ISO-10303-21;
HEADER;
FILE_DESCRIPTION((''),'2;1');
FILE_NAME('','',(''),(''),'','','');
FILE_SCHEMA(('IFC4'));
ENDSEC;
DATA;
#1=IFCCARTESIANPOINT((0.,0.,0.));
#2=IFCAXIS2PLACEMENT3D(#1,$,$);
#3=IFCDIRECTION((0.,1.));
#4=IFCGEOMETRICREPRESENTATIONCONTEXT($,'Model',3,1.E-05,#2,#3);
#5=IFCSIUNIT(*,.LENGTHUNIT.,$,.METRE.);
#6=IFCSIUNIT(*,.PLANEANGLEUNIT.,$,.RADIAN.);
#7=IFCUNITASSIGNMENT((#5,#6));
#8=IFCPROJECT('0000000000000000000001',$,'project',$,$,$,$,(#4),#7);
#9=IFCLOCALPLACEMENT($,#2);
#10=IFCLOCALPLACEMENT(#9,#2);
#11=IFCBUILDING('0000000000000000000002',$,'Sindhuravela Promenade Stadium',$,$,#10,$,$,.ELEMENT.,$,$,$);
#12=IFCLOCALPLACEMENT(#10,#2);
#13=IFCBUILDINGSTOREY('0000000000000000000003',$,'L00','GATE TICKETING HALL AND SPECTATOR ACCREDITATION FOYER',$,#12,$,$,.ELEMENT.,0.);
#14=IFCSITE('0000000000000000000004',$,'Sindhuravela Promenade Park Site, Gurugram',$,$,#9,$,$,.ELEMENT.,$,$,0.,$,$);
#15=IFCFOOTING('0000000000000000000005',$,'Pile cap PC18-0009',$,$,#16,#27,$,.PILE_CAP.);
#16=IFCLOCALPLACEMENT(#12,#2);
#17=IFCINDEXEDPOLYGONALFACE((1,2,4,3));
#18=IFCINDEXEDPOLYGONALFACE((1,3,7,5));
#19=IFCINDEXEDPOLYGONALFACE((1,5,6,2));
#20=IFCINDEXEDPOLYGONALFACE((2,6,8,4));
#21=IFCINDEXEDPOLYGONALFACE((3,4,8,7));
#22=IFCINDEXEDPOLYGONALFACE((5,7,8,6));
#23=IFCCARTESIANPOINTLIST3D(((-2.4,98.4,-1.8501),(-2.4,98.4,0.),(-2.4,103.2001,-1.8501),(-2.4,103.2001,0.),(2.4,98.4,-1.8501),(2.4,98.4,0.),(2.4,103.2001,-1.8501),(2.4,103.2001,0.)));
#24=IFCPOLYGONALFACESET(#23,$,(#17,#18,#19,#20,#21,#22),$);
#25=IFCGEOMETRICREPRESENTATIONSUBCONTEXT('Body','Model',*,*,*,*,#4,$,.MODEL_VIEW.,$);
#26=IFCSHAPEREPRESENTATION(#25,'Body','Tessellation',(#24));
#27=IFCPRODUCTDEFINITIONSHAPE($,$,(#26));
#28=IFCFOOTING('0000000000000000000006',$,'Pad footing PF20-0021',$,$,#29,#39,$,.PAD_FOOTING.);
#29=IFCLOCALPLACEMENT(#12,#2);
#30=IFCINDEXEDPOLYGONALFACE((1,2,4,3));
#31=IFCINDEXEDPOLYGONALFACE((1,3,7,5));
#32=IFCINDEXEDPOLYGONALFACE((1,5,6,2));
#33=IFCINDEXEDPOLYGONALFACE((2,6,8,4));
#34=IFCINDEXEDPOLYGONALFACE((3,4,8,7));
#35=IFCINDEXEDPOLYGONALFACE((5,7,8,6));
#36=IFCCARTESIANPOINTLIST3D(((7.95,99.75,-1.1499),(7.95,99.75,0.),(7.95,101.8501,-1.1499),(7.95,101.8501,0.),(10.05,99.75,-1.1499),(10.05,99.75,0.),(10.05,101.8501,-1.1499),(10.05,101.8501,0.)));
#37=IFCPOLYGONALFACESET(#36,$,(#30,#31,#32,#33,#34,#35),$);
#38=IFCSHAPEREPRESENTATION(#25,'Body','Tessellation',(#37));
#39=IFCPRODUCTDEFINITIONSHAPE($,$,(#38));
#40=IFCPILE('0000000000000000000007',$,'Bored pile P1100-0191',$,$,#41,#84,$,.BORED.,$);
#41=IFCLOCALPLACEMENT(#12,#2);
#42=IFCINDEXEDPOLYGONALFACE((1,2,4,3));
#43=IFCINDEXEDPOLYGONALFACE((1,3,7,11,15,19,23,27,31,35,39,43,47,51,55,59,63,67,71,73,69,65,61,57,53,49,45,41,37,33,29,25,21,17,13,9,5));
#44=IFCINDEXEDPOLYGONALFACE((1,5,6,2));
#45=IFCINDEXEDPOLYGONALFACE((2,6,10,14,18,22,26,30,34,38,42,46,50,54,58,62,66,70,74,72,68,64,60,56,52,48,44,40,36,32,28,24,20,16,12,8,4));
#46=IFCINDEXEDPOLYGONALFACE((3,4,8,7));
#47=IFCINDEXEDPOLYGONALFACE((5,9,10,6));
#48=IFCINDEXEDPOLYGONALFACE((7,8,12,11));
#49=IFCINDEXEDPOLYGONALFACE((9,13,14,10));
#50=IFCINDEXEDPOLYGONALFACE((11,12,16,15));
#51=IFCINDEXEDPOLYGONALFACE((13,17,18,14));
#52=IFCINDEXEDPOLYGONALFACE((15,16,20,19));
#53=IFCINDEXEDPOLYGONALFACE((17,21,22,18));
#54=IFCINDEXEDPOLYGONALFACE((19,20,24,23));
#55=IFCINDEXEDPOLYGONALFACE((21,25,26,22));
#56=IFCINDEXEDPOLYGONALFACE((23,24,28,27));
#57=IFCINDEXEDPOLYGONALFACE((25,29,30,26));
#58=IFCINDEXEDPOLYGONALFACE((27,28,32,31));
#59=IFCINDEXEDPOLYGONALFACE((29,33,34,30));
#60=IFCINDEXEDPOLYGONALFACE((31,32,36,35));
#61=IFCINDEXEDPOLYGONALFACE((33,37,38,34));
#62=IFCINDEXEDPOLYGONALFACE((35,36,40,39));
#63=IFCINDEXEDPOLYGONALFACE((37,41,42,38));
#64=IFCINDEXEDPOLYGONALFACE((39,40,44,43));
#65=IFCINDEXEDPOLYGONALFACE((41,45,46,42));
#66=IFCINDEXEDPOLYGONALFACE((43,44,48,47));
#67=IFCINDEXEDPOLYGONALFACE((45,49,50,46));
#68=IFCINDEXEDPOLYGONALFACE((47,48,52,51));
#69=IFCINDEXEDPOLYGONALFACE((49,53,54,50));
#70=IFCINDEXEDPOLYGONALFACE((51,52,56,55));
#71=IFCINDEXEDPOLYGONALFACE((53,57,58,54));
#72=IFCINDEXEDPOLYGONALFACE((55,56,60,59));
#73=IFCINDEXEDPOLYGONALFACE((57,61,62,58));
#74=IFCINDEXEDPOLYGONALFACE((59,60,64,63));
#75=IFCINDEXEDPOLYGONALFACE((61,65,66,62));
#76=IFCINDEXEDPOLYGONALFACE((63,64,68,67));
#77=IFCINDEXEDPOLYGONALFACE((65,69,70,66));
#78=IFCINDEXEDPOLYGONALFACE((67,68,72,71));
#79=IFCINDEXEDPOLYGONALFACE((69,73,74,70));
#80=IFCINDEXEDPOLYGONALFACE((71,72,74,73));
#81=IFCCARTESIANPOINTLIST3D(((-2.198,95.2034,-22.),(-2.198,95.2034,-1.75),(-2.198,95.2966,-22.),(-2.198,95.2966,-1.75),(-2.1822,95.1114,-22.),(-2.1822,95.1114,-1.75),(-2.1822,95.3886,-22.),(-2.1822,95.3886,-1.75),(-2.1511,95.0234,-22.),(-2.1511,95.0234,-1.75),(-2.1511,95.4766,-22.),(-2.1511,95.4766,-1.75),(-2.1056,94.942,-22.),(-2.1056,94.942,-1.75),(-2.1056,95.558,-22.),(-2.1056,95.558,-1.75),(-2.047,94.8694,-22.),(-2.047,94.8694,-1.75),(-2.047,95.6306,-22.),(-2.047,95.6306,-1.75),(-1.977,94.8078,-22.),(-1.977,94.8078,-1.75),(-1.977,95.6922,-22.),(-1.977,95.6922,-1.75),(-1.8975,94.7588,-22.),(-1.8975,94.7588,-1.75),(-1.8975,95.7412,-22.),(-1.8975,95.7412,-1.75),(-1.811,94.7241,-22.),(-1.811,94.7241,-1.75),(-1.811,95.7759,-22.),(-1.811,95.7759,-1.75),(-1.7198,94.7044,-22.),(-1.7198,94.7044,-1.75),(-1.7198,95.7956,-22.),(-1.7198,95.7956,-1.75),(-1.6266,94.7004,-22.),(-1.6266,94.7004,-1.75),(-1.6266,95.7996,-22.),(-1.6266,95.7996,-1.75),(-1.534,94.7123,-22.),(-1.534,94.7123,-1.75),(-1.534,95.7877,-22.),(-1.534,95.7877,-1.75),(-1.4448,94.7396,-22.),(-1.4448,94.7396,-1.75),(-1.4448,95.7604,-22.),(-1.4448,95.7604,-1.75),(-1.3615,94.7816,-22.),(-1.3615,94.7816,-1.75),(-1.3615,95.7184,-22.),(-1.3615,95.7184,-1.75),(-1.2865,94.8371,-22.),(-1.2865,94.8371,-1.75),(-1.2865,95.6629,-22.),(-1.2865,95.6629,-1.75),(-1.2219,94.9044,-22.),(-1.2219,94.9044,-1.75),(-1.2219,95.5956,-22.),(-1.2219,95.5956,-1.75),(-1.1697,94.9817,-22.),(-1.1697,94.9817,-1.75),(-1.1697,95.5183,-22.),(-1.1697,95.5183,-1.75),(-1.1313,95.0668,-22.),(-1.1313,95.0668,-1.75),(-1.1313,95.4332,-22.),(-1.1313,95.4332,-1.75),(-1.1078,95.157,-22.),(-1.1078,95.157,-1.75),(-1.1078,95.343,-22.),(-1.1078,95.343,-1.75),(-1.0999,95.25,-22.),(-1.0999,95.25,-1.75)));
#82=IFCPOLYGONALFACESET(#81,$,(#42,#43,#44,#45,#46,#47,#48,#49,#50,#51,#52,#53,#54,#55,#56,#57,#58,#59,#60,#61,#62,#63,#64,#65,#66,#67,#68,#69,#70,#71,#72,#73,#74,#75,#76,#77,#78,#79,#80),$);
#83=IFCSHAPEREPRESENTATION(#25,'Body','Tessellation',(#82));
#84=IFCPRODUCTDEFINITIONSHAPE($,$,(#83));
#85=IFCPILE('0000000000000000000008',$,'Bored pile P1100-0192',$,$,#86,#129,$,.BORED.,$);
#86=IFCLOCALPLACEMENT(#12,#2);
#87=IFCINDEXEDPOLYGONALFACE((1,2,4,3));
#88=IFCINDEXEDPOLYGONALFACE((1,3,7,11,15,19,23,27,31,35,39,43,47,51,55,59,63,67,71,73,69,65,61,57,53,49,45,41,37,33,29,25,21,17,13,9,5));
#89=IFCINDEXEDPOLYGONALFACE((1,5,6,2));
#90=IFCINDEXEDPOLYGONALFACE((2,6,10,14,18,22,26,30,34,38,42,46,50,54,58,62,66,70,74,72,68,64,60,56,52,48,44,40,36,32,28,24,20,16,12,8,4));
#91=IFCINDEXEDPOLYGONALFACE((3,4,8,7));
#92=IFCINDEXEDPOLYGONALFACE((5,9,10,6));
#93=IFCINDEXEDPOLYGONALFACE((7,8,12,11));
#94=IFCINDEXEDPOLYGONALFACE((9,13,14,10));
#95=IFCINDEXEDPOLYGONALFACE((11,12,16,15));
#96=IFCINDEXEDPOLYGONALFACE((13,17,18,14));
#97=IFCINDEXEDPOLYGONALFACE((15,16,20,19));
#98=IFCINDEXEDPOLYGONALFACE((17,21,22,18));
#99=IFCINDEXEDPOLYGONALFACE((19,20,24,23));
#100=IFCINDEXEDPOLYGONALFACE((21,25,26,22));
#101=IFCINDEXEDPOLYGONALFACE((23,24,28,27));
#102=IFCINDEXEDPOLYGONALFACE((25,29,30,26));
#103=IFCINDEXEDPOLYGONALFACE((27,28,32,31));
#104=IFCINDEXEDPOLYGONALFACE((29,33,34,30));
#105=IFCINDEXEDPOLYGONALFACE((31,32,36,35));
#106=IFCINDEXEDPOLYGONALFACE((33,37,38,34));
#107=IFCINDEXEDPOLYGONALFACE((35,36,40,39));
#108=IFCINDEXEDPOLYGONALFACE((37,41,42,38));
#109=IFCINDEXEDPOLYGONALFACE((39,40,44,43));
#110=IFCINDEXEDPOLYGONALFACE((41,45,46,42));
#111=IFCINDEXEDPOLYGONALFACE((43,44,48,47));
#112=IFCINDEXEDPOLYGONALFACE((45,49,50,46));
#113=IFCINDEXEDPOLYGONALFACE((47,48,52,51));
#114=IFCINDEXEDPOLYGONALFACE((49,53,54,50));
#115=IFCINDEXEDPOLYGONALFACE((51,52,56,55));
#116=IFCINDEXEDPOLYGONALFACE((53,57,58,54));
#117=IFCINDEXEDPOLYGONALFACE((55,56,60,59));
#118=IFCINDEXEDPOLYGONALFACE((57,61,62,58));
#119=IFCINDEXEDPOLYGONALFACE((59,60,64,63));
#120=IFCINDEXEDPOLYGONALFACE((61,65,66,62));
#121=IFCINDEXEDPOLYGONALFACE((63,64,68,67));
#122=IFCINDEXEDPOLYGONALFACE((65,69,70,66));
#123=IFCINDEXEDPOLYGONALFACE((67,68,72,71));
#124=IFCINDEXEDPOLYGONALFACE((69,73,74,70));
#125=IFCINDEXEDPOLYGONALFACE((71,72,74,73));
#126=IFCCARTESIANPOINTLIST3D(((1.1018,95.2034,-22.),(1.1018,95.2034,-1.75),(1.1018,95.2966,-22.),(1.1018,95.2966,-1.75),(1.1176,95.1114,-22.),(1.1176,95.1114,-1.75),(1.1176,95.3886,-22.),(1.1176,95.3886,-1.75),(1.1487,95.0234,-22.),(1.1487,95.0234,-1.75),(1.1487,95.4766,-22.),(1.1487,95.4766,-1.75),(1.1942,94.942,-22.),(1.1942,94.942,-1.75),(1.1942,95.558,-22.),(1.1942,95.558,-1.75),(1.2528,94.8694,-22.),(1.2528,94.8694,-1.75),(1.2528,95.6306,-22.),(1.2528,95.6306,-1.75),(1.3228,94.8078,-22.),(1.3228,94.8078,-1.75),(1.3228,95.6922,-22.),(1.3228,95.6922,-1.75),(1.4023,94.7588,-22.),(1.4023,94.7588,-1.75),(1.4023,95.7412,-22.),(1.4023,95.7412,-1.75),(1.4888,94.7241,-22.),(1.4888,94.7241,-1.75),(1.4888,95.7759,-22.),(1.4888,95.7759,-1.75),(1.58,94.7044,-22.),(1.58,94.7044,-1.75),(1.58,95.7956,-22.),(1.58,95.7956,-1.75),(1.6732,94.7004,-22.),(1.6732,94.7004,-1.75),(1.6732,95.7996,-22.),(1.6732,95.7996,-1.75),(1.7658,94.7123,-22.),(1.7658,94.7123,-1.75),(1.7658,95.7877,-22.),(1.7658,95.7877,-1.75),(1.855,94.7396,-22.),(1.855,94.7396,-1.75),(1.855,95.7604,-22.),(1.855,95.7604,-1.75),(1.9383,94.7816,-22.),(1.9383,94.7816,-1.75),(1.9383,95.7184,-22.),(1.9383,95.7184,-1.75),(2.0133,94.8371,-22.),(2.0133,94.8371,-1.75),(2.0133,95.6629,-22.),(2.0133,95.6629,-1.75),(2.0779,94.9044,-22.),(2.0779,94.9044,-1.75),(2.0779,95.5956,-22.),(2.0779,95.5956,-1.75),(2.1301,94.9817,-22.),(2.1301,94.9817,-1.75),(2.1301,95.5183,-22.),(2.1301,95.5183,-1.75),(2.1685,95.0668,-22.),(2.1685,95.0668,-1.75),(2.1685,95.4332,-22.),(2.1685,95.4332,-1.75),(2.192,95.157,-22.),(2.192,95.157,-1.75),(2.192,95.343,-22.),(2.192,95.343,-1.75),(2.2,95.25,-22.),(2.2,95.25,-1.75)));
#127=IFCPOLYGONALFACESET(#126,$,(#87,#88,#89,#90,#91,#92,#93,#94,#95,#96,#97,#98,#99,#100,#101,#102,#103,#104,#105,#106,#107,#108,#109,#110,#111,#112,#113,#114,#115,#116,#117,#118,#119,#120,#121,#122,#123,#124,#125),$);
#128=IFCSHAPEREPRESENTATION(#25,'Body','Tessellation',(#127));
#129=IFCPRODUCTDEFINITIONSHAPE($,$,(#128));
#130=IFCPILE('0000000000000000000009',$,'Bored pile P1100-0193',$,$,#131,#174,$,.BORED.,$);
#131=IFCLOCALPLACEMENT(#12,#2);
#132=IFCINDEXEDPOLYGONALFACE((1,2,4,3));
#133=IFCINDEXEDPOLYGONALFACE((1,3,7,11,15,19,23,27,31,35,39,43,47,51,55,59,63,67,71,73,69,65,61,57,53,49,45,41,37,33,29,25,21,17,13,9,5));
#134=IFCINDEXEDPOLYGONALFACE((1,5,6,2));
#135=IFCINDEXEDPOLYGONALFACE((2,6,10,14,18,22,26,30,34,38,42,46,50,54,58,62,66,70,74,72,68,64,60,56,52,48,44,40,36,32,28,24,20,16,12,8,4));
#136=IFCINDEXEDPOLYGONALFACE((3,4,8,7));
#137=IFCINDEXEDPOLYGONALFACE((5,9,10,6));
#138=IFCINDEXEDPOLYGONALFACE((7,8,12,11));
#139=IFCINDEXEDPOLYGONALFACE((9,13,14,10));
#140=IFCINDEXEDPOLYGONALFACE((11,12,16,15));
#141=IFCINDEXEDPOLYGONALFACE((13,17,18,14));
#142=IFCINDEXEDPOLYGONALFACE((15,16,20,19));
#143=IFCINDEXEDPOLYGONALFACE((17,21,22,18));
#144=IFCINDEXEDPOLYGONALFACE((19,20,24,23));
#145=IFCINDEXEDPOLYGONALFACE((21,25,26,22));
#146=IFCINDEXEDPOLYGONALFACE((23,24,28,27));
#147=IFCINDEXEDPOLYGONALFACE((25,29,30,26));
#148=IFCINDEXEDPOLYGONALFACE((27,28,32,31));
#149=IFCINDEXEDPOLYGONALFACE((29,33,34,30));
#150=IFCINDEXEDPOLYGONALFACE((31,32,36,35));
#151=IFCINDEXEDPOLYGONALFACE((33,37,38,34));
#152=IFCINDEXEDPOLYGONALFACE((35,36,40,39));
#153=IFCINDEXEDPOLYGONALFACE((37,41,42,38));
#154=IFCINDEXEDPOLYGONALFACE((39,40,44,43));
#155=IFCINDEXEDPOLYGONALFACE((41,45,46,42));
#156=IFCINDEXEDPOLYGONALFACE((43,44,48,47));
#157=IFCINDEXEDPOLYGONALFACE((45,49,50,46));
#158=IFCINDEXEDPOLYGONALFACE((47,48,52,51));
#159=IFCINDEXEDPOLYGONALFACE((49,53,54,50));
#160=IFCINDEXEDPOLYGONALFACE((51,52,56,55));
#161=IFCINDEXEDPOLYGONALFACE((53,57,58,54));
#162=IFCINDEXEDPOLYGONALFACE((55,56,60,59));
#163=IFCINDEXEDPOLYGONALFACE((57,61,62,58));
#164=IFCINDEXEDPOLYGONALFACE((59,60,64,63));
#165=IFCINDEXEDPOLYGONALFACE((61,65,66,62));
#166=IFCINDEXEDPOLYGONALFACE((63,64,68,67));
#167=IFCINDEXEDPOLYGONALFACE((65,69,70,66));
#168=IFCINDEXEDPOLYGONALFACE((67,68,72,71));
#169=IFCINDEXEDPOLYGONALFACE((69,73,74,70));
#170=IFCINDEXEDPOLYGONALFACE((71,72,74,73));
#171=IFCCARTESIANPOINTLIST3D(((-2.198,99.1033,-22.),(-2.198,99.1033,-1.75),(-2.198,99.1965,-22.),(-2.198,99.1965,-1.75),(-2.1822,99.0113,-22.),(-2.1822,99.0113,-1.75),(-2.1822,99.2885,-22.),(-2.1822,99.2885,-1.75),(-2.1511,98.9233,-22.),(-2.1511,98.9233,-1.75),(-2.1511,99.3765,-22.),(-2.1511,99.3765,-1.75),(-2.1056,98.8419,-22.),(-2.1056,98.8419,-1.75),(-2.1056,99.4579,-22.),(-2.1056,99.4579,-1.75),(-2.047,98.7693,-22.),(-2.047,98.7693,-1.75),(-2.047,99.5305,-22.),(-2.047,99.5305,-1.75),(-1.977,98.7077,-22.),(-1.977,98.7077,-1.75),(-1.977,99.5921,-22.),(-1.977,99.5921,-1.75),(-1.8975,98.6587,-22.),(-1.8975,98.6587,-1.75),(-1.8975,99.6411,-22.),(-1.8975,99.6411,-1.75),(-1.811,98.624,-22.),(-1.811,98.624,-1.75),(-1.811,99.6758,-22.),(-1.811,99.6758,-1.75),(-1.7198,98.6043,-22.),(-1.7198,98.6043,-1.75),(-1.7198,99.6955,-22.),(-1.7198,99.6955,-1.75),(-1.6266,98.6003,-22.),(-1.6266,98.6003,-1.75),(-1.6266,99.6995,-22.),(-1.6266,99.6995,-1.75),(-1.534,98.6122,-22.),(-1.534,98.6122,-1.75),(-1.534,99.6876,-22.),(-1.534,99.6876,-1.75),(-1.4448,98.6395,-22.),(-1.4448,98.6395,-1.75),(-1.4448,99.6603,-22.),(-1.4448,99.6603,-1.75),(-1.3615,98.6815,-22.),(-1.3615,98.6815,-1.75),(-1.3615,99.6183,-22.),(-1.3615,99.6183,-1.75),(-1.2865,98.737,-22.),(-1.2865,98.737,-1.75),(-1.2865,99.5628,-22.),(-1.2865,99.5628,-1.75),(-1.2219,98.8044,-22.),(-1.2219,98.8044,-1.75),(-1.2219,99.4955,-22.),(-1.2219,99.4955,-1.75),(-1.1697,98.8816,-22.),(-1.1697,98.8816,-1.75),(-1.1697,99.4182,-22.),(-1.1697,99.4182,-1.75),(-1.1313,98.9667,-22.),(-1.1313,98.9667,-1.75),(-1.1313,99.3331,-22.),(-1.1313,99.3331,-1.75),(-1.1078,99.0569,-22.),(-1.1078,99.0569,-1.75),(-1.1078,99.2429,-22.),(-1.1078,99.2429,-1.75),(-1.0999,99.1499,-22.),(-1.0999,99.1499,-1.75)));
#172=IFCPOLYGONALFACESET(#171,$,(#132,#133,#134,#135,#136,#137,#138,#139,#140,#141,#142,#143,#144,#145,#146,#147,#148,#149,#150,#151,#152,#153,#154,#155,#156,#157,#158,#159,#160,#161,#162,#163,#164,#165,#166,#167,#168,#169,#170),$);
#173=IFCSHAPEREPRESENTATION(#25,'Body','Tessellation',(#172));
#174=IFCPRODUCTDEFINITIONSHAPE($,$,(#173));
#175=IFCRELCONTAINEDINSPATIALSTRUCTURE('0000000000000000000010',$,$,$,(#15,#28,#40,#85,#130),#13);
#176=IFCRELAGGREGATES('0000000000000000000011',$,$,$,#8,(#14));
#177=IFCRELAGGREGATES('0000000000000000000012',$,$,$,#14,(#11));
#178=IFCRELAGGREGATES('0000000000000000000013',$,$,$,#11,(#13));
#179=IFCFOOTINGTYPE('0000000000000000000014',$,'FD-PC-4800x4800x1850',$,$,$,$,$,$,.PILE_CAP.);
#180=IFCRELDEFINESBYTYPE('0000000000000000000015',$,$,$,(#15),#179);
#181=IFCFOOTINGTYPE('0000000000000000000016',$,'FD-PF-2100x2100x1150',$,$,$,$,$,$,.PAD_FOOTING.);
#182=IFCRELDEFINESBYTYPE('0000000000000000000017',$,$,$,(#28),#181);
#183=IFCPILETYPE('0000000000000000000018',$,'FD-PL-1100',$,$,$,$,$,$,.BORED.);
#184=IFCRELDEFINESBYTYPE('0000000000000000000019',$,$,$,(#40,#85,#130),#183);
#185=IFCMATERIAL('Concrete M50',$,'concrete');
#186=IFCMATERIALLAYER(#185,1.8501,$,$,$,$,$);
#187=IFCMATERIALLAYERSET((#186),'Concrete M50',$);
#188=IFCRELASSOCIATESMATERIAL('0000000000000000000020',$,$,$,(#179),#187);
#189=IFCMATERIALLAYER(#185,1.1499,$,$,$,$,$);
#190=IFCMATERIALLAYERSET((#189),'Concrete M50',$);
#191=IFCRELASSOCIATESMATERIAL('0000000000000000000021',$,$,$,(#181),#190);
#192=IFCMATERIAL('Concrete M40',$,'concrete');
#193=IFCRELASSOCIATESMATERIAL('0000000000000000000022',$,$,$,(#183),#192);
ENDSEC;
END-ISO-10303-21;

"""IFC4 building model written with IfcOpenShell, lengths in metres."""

from ifc_helpers import new_model, si_unit, direction, frame, origin, origin_2d, place, context, subcontext, project, spatial, rectangle, circle, extrude, material, layer, layer_set, material_profile, profile_set, type_object, element, save


model = new_model("IFC4")

# Units and contexts
model_context = context("Model", 3, precision=1e-05, world=origin(), true_north=direction((0.0, 1.0)))
body_context = subcontext(model_context, "Body", "Model", "MODEL_VIEW")
ifc_project = project(units=[si_unit("LENGTHUNIT", "METRE"), si_unit("PLANEANGLEUNIT", "RADIAN")], contexts=[model_context])

# Site, building, storey
site_placement = place(None, origin())
site = spatial("IfcSite", under=ifc_project, at=site_placement, Name="Sindhuravela Promenade Park Site, Gurugram", CompositionType="ELEMENT", RefElevation=0.0)
building_placement = place(site_placement, origin())
building = spatial("IfcBuilding", under=site, at=building_placement, Name="Sindhuravela Promenade Stadium", CompositionType="ELEMENT")
storey_placement = place(building_placement, origin())
storey = spatial("IfcBuildingStorey", under=building, at=storey_placement, Name="L00", Description="GATE TICKETING HALL AND SPECTATOR ACCREDITATION FOYER", CompositionType="ELEMENT", Elevation=0.0)

# Footings
ifc_material_1 = material(Name="Concrete M50", Category="concrete")
ifc_layer_1 = layer(ifc_material_1, 1.8501)
ifc_layer_set_1 = layer_set([ifc_layer_1], Name="Concrete M50")
footing_type_1 = type_object("IfcFootingType", Name="FD-PC-4800x4800x1850", PredefinedType="PILE_CAP", material=ifc_layer_set_1)
footing_1_placement = place(storey_placement, frame((0.0, 100.8, -1.8501), z_axis=(0.0, 0.0, 1.0), x_axis=(1.0, 0.0, 0.0)))
element("IfcFooting", 1, at=footing_1_placement, inside=storey, type_object=footing_type_1, Name="Pile cap PC18-0009", PredefinedType="PILE_CAP", context=body_context, shape_type="SweptSolid", body=[
    extrude(rectangle(XDim=4.8, YDim=4.8, at=origin_2d()), origin(), (0.0, 0.0, 1.0), 1.8501),
])
ifc_layer_2 = layer(ifc_material_1, 1.1499)
ifc_layer_set_2 = layer_set([ifc_layer_2], Name="Concrete M50")
footing_type_2 = type_object("IfcFootingType", Name="FD-PF-2100x2100x1150", PredefinedType="PAD_FOOTING", material=ifc_layer_set_2)
footing_2_placement = place(storey_placement, frame((9.0, 100.8, -1.1499), z_axis=(0.0, 0.0, 1.0), x_axis=(1.0, 0.0, 0.0)))
element("IfcFooting", 2, at=footing_2_placement, inside=storey, type_object=footing_type_2, Name="Pad footing PF20-0021", PredefinedType="PAD_FOOTING", context=body_context, shape_type="SweptSolid", body=[
    extrude(rectangle(XDim=2.1001, YDim=2.1001, at=origin_2d()), origin(), (0.0, 0.0, 1.0), 1.1499),
])

# Piles
ifc_material_2 = material(Name="Concrete M40", Category="concrete")
ifc_material_profile_1 = material_profile(ifc_material_2, circle(Radius=0.55, at=origin_2d()), Name="BORED PILE D1100")
ifc_profile_set_1 = profile_set([ifc_material_profile_1], Name="Concrete M40")
pile_type = type_object("IfcPileType", Name="FD-PL-1100", PredefinedType="BORED", material=ifc_profile_set_1)
for number, where, z_axis, x_axis, name in (
    (3, (-1.6499, 95.25, -1.75), (0.0, 0.0, -1.0), (1.0, 0.0, 0.0), "Bored pile P1100-0191"),
    (4, (1.6499, 95.25, -1.75), (0.0, 0.0, -1.0), (1.0, 0.0, 0.0), "Bored pile P1100-0192"),
    (5, (-1.6499, 99.1499, -1.75), (0.0, 0.0, -1.0), (1.0, 0.0, 0.0), "Bored pile P1100-0193"),
):
    element("IfcPile", number, at=place(storey_placement, frame(where, z_axis=z_axis, x_axis=x_axis)), inside=storey, type_object=pile_type, Name=name, PredefinedType="BORED", context=body_context, shape_type="SweptSolid", body=[
        extrude(circle(Radius=0.55, at=origin_2d()), origin(), (0.0, 0.0, 1.0), 20.25),
    ])

save(model, "model.ifc")
